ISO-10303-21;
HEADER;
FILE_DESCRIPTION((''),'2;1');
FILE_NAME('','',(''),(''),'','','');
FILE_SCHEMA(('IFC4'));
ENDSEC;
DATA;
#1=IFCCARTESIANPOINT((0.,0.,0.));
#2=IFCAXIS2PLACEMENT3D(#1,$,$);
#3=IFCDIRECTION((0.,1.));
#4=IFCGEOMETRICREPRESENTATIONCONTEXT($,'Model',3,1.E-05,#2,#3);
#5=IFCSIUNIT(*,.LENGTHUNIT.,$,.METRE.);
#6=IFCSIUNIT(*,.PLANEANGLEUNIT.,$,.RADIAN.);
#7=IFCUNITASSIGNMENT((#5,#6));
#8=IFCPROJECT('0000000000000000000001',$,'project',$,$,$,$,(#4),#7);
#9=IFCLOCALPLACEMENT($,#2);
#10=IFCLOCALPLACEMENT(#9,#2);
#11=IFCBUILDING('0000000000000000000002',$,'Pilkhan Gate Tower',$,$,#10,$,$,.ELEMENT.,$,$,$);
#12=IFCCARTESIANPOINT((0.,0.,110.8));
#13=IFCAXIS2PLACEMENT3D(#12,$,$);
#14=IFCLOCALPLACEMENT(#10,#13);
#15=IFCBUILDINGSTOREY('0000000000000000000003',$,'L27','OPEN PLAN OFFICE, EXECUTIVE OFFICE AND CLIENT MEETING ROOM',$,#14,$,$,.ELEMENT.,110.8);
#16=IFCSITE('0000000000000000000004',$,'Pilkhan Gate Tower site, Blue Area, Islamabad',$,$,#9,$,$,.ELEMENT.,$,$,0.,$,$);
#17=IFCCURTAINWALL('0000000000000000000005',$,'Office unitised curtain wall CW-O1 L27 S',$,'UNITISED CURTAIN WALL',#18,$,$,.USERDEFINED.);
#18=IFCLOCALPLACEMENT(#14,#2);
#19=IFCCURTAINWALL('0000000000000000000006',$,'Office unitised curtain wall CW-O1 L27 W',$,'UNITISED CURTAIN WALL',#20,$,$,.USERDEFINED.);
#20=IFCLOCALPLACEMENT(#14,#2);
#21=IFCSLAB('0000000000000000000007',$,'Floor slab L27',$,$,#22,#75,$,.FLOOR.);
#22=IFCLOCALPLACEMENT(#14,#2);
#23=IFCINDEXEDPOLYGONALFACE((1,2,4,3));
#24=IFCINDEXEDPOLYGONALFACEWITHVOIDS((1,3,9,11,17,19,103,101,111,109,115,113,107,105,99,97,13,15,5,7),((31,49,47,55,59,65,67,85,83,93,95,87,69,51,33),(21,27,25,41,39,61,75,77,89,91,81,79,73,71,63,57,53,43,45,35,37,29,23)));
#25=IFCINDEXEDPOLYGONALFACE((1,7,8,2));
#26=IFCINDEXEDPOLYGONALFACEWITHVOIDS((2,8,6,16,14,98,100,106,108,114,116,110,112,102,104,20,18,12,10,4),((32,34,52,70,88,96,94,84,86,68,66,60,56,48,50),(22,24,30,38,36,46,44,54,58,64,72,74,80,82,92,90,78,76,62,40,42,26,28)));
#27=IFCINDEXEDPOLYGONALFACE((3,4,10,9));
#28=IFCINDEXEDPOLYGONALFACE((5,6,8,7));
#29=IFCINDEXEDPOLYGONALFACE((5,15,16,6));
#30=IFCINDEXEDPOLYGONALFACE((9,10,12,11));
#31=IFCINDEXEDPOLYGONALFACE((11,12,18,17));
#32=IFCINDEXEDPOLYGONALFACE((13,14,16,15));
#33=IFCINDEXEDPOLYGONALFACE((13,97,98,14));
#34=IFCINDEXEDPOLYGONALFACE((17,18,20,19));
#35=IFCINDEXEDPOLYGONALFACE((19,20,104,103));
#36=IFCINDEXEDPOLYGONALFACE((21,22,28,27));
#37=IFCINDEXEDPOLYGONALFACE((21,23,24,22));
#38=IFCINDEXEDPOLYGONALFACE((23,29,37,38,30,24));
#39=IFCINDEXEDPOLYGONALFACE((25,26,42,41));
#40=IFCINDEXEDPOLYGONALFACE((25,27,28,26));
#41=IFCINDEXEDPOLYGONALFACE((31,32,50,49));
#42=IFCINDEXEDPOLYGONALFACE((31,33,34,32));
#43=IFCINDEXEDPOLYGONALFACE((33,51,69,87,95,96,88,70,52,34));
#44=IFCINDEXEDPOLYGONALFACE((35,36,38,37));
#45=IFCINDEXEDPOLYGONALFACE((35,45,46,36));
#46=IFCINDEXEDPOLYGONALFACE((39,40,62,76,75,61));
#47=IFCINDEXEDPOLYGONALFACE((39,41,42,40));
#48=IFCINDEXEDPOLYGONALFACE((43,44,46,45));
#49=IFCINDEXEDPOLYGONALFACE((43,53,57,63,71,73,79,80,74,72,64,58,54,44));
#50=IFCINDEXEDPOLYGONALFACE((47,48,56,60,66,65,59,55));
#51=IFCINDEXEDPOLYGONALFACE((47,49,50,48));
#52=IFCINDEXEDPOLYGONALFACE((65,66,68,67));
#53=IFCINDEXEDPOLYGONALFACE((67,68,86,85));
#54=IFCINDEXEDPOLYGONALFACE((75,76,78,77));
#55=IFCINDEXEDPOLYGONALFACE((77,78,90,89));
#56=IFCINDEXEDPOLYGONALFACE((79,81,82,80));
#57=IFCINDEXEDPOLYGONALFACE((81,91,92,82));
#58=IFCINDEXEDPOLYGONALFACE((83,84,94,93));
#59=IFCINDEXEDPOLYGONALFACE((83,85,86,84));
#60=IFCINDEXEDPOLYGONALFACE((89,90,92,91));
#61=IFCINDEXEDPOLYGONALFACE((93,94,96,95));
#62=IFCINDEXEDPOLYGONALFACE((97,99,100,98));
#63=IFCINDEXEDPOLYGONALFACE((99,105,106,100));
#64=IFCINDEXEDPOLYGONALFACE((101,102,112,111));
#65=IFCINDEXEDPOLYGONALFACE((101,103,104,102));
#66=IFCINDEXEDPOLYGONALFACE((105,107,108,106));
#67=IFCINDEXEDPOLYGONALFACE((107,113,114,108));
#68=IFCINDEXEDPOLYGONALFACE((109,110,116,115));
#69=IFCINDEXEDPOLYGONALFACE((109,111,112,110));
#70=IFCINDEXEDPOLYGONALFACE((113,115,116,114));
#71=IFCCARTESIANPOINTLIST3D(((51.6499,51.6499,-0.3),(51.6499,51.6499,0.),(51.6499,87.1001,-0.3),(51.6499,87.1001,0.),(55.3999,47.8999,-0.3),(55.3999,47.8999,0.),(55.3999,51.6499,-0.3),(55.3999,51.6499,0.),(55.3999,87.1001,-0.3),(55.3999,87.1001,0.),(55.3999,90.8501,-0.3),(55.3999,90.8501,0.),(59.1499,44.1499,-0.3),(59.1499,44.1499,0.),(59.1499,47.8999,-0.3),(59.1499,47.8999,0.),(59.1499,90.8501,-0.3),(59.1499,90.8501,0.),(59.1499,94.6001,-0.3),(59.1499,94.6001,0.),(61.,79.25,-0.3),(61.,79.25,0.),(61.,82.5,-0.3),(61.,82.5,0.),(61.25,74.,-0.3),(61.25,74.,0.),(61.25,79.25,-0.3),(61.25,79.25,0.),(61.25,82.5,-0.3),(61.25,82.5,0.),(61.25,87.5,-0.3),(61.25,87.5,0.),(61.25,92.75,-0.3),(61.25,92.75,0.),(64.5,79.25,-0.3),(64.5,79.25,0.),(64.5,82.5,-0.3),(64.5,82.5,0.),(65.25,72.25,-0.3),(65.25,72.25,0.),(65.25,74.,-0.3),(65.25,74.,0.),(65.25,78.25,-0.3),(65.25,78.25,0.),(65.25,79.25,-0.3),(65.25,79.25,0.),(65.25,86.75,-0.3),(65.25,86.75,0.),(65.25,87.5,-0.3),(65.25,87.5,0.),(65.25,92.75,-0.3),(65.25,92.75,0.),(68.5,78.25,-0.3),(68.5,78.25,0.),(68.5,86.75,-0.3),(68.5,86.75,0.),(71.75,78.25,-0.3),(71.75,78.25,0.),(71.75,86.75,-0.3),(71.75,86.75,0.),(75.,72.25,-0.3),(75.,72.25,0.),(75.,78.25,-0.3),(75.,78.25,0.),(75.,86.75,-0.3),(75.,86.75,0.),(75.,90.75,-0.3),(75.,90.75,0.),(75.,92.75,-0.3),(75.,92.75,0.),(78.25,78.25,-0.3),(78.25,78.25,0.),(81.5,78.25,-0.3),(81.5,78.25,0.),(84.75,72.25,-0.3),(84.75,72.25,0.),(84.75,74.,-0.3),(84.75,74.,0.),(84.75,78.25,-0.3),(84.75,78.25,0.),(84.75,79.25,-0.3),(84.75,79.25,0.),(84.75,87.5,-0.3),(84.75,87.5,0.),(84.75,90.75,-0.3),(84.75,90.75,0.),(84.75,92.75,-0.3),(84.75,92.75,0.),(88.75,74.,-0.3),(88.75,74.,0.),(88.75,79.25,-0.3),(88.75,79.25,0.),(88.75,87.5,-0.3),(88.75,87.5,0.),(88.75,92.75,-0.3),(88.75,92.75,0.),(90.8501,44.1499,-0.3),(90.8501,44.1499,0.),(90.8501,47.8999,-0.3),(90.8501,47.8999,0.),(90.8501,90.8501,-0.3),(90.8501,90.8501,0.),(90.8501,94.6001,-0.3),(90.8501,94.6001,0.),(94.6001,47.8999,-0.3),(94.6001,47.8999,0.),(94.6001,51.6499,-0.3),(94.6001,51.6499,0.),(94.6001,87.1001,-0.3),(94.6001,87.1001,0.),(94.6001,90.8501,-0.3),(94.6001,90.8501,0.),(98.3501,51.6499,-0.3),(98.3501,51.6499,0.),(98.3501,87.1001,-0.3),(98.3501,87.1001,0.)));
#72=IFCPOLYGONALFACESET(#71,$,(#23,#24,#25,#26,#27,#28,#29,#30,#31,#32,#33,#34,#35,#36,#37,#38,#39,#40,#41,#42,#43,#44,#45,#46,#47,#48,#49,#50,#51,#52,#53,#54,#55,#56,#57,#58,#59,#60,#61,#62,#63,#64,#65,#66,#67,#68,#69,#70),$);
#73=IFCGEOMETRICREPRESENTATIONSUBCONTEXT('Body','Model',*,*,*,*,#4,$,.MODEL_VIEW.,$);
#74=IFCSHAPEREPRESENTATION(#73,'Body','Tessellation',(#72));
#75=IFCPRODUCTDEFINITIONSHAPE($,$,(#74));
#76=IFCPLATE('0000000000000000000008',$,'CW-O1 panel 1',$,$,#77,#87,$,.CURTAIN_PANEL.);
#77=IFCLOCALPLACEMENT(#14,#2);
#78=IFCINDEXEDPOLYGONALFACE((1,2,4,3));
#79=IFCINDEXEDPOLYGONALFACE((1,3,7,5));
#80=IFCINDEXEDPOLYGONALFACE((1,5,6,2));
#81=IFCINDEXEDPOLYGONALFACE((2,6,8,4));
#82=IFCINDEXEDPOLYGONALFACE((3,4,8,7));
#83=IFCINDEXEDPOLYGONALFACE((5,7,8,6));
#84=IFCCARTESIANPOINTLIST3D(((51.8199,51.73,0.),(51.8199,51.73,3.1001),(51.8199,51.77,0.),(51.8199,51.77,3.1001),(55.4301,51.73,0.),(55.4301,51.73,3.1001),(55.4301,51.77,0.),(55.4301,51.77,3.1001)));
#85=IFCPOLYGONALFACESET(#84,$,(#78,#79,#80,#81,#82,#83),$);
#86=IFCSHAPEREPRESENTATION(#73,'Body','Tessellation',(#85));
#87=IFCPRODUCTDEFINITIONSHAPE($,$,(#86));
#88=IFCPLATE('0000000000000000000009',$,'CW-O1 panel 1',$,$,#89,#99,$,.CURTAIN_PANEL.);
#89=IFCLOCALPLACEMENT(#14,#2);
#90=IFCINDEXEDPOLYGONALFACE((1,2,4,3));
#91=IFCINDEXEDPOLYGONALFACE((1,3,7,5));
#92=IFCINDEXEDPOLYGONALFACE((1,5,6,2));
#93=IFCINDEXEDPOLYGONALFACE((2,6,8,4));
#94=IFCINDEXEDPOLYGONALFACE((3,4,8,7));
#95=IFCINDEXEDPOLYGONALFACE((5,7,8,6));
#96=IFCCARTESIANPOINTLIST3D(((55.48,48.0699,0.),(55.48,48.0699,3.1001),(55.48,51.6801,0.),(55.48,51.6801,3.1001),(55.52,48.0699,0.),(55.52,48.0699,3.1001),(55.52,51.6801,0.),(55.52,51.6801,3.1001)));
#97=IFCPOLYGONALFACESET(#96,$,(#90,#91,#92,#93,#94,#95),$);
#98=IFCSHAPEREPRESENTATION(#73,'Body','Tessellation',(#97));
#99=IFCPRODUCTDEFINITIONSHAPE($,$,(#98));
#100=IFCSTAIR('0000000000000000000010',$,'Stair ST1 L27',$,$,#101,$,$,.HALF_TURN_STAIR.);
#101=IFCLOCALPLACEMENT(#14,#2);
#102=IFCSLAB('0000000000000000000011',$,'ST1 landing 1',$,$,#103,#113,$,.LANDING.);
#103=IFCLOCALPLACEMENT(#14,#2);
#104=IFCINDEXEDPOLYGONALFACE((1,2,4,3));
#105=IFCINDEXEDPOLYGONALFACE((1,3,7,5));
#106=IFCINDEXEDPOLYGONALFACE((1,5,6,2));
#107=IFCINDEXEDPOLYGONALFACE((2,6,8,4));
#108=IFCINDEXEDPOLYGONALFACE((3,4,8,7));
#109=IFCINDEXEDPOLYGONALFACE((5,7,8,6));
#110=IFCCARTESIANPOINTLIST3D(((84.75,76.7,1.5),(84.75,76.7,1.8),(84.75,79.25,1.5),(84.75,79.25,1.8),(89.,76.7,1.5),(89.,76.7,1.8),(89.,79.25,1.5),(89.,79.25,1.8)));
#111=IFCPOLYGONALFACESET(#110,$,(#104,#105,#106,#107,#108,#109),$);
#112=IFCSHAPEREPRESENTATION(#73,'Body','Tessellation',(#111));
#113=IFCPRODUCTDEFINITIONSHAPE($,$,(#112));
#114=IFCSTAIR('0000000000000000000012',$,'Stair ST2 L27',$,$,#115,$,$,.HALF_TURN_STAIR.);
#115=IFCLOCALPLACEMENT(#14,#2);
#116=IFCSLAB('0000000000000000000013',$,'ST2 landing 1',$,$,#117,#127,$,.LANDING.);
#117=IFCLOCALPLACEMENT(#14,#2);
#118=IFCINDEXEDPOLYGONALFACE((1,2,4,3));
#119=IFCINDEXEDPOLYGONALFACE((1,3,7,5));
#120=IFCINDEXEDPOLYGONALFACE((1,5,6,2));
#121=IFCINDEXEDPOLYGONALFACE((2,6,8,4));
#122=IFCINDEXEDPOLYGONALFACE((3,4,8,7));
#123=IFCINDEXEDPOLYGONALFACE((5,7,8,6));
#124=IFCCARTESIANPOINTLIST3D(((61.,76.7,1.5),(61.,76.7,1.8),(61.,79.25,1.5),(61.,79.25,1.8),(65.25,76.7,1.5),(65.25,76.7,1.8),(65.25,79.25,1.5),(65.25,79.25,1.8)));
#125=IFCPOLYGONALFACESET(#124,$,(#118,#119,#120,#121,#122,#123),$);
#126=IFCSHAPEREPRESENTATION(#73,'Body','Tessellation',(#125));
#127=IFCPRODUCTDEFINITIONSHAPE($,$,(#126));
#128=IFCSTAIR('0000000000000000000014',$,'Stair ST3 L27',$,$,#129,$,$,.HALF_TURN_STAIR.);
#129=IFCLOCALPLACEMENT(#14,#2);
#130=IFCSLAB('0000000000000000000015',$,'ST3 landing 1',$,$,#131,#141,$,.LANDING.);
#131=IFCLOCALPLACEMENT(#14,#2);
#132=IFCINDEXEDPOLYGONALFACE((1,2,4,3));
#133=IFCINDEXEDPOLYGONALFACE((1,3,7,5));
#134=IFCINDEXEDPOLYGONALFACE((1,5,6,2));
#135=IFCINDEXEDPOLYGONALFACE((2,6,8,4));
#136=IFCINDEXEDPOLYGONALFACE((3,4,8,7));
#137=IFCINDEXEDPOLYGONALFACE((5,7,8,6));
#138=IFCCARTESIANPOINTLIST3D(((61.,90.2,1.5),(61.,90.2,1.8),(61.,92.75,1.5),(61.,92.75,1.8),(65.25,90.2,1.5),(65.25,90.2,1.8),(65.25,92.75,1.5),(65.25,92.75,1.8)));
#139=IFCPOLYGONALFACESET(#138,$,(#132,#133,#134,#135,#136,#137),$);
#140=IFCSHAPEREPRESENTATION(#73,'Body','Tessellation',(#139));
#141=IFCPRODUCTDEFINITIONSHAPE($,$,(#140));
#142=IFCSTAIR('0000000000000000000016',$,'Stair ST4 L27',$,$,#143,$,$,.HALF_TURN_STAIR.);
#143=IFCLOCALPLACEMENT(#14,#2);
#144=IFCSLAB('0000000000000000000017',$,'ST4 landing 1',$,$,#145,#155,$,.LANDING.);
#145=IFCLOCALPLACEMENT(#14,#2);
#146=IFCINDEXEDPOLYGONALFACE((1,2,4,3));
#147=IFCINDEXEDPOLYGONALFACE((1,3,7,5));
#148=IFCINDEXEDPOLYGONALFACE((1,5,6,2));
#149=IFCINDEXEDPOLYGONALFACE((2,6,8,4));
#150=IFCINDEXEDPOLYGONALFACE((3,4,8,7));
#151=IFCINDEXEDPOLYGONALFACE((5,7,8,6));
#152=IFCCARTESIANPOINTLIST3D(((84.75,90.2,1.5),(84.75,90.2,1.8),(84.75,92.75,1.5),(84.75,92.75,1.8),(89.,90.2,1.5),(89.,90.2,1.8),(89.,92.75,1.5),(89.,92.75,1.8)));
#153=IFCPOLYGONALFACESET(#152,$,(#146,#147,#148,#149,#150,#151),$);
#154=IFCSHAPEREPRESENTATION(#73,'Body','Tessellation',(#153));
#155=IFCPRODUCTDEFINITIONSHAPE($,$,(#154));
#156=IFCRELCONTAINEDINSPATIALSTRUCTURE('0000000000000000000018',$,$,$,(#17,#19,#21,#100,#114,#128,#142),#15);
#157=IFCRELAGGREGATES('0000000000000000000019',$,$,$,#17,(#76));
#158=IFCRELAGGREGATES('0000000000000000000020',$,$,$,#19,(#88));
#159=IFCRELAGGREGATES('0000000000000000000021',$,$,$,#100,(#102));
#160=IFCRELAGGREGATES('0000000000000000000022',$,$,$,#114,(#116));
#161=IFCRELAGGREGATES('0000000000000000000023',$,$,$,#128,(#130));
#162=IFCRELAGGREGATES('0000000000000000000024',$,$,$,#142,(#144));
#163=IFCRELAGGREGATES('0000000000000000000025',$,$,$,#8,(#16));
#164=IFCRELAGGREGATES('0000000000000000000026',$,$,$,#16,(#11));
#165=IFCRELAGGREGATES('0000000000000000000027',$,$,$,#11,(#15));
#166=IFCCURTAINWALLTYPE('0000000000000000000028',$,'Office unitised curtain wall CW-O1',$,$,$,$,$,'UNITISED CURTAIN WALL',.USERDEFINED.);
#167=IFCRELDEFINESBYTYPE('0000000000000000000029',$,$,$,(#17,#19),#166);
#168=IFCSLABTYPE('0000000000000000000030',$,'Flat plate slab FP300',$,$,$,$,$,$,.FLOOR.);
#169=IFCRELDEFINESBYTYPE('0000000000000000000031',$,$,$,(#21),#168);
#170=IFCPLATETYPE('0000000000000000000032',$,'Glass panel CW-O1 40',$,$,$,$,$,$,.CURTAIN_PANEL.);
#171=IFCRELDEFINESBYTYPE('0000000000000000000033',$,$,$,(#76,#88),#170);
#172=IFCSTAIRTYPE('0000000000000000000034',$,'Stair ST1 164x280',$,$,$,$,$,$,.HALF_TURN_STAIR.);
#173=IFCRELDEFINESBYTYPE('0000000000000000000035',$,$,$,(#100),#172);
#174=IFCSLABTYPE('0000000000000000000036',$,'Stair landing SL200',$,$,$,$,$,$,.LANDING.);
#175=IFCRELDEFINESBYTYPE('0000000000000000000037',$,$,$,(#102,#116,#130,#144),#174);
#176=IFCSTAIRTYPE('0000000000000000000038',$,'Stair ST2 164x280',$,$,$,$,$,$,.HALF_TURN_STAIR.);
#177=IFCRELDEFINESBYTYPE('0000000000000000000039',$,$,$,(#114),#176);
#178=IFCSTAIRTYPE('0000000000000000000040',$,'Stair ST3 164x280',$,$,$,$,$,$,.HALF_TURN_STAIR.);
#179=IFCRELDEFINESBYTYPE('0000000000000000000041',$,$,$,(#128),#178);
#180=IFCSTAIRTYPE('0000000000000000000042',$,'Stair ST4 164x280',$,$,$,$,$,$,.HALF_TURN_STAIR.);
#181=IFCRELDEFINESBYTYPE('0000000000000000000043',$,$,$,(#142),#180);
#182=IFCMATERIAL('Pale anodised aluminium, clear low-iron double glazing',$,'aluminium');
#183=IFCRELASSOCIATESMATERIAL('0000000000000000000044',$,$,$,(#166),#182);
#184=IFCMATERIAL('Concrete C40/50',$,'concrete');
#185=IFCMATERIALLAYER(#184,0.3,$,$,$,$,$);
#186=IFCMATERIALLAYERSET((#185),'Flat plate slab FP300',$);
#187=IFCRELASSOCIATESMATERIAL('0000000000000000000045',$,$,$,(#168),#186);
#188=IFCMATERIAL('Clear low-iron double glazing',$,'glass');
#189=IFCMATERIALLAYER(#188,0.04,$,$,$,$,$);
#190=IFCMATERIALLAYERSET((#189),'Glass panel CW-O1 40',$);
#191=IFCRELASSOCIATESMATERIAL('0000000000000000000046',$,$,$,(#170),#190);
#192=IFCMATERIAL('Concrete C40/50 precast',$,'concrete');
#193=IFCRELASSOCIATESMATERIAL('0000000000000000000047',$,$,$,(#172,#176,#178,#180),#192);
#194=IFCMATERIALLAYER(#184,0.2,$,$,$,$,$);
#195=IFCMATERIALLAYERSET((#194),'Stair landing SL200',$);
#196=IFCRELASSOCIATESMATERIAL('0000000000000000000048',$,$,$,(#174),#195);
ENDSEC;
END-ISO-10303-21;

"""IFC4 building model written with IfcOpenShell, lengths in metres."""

from ifc_helpers import new_model, si_unit, direction, frame, origin, origin_2d, place, context, subcontext, project, spatial, polyline, rectangle, outline, extrude, material, layer, layer_set, type_object, element, aggregate, save


model = new_model("IFC4")

# Units and contexts
model_context = context("Model", 3, precision=1e-05, world=origin(), true_north=direction((0.0, 1.0)))
body_context = subcontext(model_context, "Body", "Model", "MODEL_VIEW")
ifc_project = project(units=[si_unit("LENGTHUNIT", "METRE"), si_unit("PLANEANGLEUNIT", "RADIAN")], contexts=[model_context])

# Site, building, storey
site_placement = place(None, origin())
site = spatial("IfcSite", under=ifc_project, at=site_placement, Name="Pilkhan Gate Tower site, Blue Area, Islamabad", CompositionType="ELEMENT", RefElevation=0.0)
building_placement = place(site_placement, origin())
building = spatial("IfcBuilding", under=site, at=building_placement, Name="Pilkhan Gate Tower", CompositionType="ELEMENT")
storey_placement = place(building_placement, frame((0.0, 0.0, 110.8)))
storey = spatial("IfcBuildingStorey", under=building, at=storey_placement, Name="L27", Description="OPEN PLAN OFFICE, EXECUTIVE OFFICE AND CLIENT MEETING ROOM", CompositionType="ELEMENT", Elevation=110.8)

# Shared definitions
ifc_material_1 = material(Name="Pale anodised aluminium, clear low-iron double glazing", Category="aluminium")
curtain_wall_type = type_object("IfcCurtainWallType", Name="Office unitised curtain wall CW-O1", ElementType="UNITISED CURTAIN WALL", PredefinedType="USERDEFINED", material=ifc_material_1)

# Curtain walls
curtain_wall_1_placement = place(storey_placement, origin())
curtain_wall_1 = element("IfcCurtainWall", 1, at=curtain_wall_1_placement, inside=storey, type_object=curtain_wall_type, Name="Office unitised curtain wall CW-O1 L27 S", ObjectType="UNITISED CURTAIN WALL", PredefinedType="USERDEFINED")
curtain_wall_2_placement = place(storey_placement, origin())
curtain_wall_2 = element("IfcCurtainWall", 2, at=curtain_wall_2_placement, inside=storey, type_object=curtain_wall_type, Name="Office unitised curtain wall CW-O1 L27 W", ObjectType="UNITISED CURTAIN WALL", PredefinedType="USERDEFINED")

# Slab
ifc_material_2 = material(Name="Concrete C40/50", Category="concrete")
ifc_layer_1 = layer(ifc_material_2, 0.3)
ifc_layer_set_1 = layer_set([ifc_layer_1], Name="Flat plate slab FP300")
slab_type_1 = type_object("IfcSlabType", Name="Flat plate slab FP300", PredefinedType="FLOOR", material=ifc_layer_set_1)
slab_1_placement = place(storey_placement, frame((0.0, 0.0, -0.3)))
element("IfcSlab", 3, at=slab_1_placement, inside=storey, type_object=slab_type_1, Name="Floor slab L27", PredefinedType="FLOOR", context=body_context, shape_type="SweptSolid", body=[
    extrude(outline(polyline([(94.6001, 47.8999), (90.8501, 47.8999), (90.8501, 44.1499), (59.1499, 44.1499), (59.1499, 47.8999), (55.3999, 47.8999), (55.3999, 51.6499), (51.6499, 51.6499), (51.6499, 87.1001), (55.3999, 87.1001), (55.3999, 90.8501), (59.1499, 90.8501), (59.1499, 94.6001), (90.8501, 94.6001), (90.8501, 90.8501), (94.6001, 90.8501), (94.6001, 87.1001), (98.3501, 87.1001), (98.3501, 51.6499), (94.6001, 51.6499), (94.6001, 47.8999)]), holes=[polyline([(65.25, 87.5), (65.25, 86.75), (68.5, 86.75), (71.75, 86.75), (75.0, 86.75), (75.0, 90.75), (84.75, 90.75), (84.75, 87.5), (88.75, 87.5), (88.75, 92.75), (84.75, 92.75), (75.0, 92.75), (65.25, 92.75), (61.25, 92.75), (61.25, 87.5), (65.25, 87.5)]), polyline([(75.0, 72.25), (84.75, 72.25), (84.75, 74.0), (88.75, 74.0), (88.75, 79.25), (84.75, 79.25), (84.75, 78.25), (81.5, 78.25), (78.25, 78.25), (75.0, 78.25), (71.75, 78.25), (68.5, 78.25), (65.25, 78.25), (65.25, 79.25), (64.5, 79.25), (64.5, 82.5), (61.25, 82.5), (61.0, 82.5), (61.0, 79.25), (61.25, 79.25), (61.25, 74.0), (65.25, 74.0), (65.25, 72.25), (75.0, 72.25)])]), origin(), (0.0, 0.0, 1.0), 0.3),
])

# Plates
ifc_material_3 = material(Name="Clear low-iron double glazing", Category="glass")
ifc_layer_2 = layer(ifc_material_3, 0.04)
ifc_layer_set_2 = layer_set([ifc_layer_2], Name="Glass panel CW-O1 40")
plate_type = type_object("IfcPlateType", Name="Glass panel CW-O1 40", PredefinedType="CURTAIN_PANEL", material=ifc_layer_set_2)
plate_1_placement = place(storey_placement, frame((53.625, 51.75, 0.0), z_axis=(0.0, 0.0, 1.0), x_axis=(1.0, 0.0, 0.0)))
plate_1 = element("IfcPlate", 4, at=plate_1_placement, type_object=plate_type, Name="CW-O1 panel 1", PredefinedType="CURTAIN_PANEL", context=body_context, shape_type="SweptSolid", body=[
    extrude(rectangle(XDim=3.6101, YDim=0.04, at=origin_2d()), origin(), (0.0, 0.0, 1.0), 3.1001),
])
aggregate(curtain_wall_1, [plate_1])
plate_2_placement = place(storey_placement, frame((55.5, 49.875, 0.0), z_axis=(0.0, 0.0, 1.0), x_axis=(0.0, 1.0, 0.0)))
plate_2 = element("IfcPlate", 5, at=plate_2_placement, type_object=plate_type, Name="CW-O1 panel 1", PredefinedType="CURTAIN_PANEL", context=body_context, shape_type="SweptSolid", body=[
    extrude(rectangle(XDim=3.6101, YDim=0.04, at=origin_2d()), origin(), (0.0, 0.0, 1.0), 3.1001),
])
aggregate(curtain_wall_2, [plate_2])

# Stairs, slabs
ifc_material_4 = material(Name="Concrete C40/50 precast", Category="concrete")
stair_type_1 = type_object("IfcStairType", Name="Stair ST1 164x280", PredefinedType="HALF_TURN_STAIR", material=ifc_material_4)
stair_1_placement = place(storey_placement, origin())
stair_1 = element("IfcStair", 6, at=stair_1_placement, inside=storey, type_object=stair_type_1, Name="Stair ST1 L27", PredefinedType="HALF_TURN_STAIR")
ifc_layer_3 = layer(ifc_material_2, 0.2)
ifc_layer_set_3 = layer_set([ifc_layer_3], Name="Stair landing SL200")
slab_type_2 = type_object("IfcSlabType", Name="Stair landing SL200", PredefinedType="LANDING", material=ifc_layer_set_3)
slab_2_placement = place(storey_placement, frame((0.0, 0.0, 1.5)))
slab_2 = element("IfcSlab", 7, at=slab_2_placement, type_object=slab_type_2, Name="ST1 landing 1", PredefinedType="LANDING", context=body_context, shape_type="SweptSolid", body=[
    extrude(outline(polyline([(89.0, 76.7), (89.0, 79.25), (84.75, 79.25), (84.75, 76.7), (89.0, 76.7)])), origin(), (0.0, 0.0, 1.0), 0.3),
])
aggregate(stair_1, [slab_2])
stair_type_2 = type_object("IfcStairType", Name="Stair ST2 164x280", PredefinedType="HALF_TURN_STAIR", material=ifc_material_4)
stair_2_placement = place(storey_placement, origin())
stair_2 = element("IfcStair", 8, at=stair_2_placement, inside=storey, type_object=stair_type_2, Name="Stair ST2 L27", PredefinedType="HALF_TURN_STAIR")
slab_3_placement = place(storey_placement, frame((0.0, 0.0, 1.5)))
slab_3 = element("IfcSlab", 9, at=slab_3_placement, type_object=slab_type_2, Name="ST2 landing 1", PredefinedType="LANDING", context=body_context, shape_type="SweptSolid", body=[
    extrude(outline(polyline([(65.25, 76.7), (65.25, 79.25), (61.0, 79.25), (61.0, 76.7), (65.25, 76.7)])), origin(), (0.0, 0.0, 1.0), 0.3),
])
aggregate(stair_2, [slab_3])
stair_type_3 = type_object("IfcStairType", Name="Stair ST3 164x280", PredefinedType="HALF_TURN_STAIR", material=ifc_material_4)
stair_3_placement = place(storey_placement, origin())
stair_3 = element("IfcStair", 10, at=stair_3_placement, inside=storey, type_object=stair_type_3, Name="Stair ST3 L27", PredefinedType="HALF_TURN_STAIR")
slab_4_placement = place(storey_placement, frame((0.0, 0.0, 1.5)))
slab_4 = element("IfcSlab", 11, at=slab_4_placement, type_object=slab_type_2, Name="ST3 landing 1", PredefinedType="LANDING", context=body_context, shape_type="SweptSolid", body=[
    extrude(outline(polyline([(65.25, 90.2), (65.25, 92.75), (61.0, 92.75), (61.0, 90.2), (65.25, 90.2)])), origin(), (0.0, 0.0, 1.0), 0.3),
])
aggregate(stair_3, [slab_4])
stair_type_4 = type_object("IfcStairType", Name="Stair ST4 164x280", PredefinedType="HALF_TURN_STAIR", material=ifc_material_4)
stair_4_placement = place(storey_placement, origin())
stair_4 = element("IfcStair", 12, at=stair_4_placement, inside=storey, type_object=stair_type_4, Name="Stair ST4 L27", PredefinedType="HALF_TURN_STAIR")
slab_5_placement = place(storey_placement, frame((0.0, 0.0, 1.5)))
slab_5 = element("IfcSlab", 13, at=slab_5_placement, type_object=slab_type_2, Name="ST4 landing 1", PredefinedType="LANDING", context=body_context, shape_type="SweptSolid", body=[
    extrude(outline(polyline([(89.0, 90.2), (89.0, 92.75), (84.75, 92.75), (84.75, 90.2), (89.0, 90.2)])), origin(), (0.0, 0.0, 1.0), 0.3),
])
aggregate(stair_4, [slab_5])

save(model, "model.ifc")
